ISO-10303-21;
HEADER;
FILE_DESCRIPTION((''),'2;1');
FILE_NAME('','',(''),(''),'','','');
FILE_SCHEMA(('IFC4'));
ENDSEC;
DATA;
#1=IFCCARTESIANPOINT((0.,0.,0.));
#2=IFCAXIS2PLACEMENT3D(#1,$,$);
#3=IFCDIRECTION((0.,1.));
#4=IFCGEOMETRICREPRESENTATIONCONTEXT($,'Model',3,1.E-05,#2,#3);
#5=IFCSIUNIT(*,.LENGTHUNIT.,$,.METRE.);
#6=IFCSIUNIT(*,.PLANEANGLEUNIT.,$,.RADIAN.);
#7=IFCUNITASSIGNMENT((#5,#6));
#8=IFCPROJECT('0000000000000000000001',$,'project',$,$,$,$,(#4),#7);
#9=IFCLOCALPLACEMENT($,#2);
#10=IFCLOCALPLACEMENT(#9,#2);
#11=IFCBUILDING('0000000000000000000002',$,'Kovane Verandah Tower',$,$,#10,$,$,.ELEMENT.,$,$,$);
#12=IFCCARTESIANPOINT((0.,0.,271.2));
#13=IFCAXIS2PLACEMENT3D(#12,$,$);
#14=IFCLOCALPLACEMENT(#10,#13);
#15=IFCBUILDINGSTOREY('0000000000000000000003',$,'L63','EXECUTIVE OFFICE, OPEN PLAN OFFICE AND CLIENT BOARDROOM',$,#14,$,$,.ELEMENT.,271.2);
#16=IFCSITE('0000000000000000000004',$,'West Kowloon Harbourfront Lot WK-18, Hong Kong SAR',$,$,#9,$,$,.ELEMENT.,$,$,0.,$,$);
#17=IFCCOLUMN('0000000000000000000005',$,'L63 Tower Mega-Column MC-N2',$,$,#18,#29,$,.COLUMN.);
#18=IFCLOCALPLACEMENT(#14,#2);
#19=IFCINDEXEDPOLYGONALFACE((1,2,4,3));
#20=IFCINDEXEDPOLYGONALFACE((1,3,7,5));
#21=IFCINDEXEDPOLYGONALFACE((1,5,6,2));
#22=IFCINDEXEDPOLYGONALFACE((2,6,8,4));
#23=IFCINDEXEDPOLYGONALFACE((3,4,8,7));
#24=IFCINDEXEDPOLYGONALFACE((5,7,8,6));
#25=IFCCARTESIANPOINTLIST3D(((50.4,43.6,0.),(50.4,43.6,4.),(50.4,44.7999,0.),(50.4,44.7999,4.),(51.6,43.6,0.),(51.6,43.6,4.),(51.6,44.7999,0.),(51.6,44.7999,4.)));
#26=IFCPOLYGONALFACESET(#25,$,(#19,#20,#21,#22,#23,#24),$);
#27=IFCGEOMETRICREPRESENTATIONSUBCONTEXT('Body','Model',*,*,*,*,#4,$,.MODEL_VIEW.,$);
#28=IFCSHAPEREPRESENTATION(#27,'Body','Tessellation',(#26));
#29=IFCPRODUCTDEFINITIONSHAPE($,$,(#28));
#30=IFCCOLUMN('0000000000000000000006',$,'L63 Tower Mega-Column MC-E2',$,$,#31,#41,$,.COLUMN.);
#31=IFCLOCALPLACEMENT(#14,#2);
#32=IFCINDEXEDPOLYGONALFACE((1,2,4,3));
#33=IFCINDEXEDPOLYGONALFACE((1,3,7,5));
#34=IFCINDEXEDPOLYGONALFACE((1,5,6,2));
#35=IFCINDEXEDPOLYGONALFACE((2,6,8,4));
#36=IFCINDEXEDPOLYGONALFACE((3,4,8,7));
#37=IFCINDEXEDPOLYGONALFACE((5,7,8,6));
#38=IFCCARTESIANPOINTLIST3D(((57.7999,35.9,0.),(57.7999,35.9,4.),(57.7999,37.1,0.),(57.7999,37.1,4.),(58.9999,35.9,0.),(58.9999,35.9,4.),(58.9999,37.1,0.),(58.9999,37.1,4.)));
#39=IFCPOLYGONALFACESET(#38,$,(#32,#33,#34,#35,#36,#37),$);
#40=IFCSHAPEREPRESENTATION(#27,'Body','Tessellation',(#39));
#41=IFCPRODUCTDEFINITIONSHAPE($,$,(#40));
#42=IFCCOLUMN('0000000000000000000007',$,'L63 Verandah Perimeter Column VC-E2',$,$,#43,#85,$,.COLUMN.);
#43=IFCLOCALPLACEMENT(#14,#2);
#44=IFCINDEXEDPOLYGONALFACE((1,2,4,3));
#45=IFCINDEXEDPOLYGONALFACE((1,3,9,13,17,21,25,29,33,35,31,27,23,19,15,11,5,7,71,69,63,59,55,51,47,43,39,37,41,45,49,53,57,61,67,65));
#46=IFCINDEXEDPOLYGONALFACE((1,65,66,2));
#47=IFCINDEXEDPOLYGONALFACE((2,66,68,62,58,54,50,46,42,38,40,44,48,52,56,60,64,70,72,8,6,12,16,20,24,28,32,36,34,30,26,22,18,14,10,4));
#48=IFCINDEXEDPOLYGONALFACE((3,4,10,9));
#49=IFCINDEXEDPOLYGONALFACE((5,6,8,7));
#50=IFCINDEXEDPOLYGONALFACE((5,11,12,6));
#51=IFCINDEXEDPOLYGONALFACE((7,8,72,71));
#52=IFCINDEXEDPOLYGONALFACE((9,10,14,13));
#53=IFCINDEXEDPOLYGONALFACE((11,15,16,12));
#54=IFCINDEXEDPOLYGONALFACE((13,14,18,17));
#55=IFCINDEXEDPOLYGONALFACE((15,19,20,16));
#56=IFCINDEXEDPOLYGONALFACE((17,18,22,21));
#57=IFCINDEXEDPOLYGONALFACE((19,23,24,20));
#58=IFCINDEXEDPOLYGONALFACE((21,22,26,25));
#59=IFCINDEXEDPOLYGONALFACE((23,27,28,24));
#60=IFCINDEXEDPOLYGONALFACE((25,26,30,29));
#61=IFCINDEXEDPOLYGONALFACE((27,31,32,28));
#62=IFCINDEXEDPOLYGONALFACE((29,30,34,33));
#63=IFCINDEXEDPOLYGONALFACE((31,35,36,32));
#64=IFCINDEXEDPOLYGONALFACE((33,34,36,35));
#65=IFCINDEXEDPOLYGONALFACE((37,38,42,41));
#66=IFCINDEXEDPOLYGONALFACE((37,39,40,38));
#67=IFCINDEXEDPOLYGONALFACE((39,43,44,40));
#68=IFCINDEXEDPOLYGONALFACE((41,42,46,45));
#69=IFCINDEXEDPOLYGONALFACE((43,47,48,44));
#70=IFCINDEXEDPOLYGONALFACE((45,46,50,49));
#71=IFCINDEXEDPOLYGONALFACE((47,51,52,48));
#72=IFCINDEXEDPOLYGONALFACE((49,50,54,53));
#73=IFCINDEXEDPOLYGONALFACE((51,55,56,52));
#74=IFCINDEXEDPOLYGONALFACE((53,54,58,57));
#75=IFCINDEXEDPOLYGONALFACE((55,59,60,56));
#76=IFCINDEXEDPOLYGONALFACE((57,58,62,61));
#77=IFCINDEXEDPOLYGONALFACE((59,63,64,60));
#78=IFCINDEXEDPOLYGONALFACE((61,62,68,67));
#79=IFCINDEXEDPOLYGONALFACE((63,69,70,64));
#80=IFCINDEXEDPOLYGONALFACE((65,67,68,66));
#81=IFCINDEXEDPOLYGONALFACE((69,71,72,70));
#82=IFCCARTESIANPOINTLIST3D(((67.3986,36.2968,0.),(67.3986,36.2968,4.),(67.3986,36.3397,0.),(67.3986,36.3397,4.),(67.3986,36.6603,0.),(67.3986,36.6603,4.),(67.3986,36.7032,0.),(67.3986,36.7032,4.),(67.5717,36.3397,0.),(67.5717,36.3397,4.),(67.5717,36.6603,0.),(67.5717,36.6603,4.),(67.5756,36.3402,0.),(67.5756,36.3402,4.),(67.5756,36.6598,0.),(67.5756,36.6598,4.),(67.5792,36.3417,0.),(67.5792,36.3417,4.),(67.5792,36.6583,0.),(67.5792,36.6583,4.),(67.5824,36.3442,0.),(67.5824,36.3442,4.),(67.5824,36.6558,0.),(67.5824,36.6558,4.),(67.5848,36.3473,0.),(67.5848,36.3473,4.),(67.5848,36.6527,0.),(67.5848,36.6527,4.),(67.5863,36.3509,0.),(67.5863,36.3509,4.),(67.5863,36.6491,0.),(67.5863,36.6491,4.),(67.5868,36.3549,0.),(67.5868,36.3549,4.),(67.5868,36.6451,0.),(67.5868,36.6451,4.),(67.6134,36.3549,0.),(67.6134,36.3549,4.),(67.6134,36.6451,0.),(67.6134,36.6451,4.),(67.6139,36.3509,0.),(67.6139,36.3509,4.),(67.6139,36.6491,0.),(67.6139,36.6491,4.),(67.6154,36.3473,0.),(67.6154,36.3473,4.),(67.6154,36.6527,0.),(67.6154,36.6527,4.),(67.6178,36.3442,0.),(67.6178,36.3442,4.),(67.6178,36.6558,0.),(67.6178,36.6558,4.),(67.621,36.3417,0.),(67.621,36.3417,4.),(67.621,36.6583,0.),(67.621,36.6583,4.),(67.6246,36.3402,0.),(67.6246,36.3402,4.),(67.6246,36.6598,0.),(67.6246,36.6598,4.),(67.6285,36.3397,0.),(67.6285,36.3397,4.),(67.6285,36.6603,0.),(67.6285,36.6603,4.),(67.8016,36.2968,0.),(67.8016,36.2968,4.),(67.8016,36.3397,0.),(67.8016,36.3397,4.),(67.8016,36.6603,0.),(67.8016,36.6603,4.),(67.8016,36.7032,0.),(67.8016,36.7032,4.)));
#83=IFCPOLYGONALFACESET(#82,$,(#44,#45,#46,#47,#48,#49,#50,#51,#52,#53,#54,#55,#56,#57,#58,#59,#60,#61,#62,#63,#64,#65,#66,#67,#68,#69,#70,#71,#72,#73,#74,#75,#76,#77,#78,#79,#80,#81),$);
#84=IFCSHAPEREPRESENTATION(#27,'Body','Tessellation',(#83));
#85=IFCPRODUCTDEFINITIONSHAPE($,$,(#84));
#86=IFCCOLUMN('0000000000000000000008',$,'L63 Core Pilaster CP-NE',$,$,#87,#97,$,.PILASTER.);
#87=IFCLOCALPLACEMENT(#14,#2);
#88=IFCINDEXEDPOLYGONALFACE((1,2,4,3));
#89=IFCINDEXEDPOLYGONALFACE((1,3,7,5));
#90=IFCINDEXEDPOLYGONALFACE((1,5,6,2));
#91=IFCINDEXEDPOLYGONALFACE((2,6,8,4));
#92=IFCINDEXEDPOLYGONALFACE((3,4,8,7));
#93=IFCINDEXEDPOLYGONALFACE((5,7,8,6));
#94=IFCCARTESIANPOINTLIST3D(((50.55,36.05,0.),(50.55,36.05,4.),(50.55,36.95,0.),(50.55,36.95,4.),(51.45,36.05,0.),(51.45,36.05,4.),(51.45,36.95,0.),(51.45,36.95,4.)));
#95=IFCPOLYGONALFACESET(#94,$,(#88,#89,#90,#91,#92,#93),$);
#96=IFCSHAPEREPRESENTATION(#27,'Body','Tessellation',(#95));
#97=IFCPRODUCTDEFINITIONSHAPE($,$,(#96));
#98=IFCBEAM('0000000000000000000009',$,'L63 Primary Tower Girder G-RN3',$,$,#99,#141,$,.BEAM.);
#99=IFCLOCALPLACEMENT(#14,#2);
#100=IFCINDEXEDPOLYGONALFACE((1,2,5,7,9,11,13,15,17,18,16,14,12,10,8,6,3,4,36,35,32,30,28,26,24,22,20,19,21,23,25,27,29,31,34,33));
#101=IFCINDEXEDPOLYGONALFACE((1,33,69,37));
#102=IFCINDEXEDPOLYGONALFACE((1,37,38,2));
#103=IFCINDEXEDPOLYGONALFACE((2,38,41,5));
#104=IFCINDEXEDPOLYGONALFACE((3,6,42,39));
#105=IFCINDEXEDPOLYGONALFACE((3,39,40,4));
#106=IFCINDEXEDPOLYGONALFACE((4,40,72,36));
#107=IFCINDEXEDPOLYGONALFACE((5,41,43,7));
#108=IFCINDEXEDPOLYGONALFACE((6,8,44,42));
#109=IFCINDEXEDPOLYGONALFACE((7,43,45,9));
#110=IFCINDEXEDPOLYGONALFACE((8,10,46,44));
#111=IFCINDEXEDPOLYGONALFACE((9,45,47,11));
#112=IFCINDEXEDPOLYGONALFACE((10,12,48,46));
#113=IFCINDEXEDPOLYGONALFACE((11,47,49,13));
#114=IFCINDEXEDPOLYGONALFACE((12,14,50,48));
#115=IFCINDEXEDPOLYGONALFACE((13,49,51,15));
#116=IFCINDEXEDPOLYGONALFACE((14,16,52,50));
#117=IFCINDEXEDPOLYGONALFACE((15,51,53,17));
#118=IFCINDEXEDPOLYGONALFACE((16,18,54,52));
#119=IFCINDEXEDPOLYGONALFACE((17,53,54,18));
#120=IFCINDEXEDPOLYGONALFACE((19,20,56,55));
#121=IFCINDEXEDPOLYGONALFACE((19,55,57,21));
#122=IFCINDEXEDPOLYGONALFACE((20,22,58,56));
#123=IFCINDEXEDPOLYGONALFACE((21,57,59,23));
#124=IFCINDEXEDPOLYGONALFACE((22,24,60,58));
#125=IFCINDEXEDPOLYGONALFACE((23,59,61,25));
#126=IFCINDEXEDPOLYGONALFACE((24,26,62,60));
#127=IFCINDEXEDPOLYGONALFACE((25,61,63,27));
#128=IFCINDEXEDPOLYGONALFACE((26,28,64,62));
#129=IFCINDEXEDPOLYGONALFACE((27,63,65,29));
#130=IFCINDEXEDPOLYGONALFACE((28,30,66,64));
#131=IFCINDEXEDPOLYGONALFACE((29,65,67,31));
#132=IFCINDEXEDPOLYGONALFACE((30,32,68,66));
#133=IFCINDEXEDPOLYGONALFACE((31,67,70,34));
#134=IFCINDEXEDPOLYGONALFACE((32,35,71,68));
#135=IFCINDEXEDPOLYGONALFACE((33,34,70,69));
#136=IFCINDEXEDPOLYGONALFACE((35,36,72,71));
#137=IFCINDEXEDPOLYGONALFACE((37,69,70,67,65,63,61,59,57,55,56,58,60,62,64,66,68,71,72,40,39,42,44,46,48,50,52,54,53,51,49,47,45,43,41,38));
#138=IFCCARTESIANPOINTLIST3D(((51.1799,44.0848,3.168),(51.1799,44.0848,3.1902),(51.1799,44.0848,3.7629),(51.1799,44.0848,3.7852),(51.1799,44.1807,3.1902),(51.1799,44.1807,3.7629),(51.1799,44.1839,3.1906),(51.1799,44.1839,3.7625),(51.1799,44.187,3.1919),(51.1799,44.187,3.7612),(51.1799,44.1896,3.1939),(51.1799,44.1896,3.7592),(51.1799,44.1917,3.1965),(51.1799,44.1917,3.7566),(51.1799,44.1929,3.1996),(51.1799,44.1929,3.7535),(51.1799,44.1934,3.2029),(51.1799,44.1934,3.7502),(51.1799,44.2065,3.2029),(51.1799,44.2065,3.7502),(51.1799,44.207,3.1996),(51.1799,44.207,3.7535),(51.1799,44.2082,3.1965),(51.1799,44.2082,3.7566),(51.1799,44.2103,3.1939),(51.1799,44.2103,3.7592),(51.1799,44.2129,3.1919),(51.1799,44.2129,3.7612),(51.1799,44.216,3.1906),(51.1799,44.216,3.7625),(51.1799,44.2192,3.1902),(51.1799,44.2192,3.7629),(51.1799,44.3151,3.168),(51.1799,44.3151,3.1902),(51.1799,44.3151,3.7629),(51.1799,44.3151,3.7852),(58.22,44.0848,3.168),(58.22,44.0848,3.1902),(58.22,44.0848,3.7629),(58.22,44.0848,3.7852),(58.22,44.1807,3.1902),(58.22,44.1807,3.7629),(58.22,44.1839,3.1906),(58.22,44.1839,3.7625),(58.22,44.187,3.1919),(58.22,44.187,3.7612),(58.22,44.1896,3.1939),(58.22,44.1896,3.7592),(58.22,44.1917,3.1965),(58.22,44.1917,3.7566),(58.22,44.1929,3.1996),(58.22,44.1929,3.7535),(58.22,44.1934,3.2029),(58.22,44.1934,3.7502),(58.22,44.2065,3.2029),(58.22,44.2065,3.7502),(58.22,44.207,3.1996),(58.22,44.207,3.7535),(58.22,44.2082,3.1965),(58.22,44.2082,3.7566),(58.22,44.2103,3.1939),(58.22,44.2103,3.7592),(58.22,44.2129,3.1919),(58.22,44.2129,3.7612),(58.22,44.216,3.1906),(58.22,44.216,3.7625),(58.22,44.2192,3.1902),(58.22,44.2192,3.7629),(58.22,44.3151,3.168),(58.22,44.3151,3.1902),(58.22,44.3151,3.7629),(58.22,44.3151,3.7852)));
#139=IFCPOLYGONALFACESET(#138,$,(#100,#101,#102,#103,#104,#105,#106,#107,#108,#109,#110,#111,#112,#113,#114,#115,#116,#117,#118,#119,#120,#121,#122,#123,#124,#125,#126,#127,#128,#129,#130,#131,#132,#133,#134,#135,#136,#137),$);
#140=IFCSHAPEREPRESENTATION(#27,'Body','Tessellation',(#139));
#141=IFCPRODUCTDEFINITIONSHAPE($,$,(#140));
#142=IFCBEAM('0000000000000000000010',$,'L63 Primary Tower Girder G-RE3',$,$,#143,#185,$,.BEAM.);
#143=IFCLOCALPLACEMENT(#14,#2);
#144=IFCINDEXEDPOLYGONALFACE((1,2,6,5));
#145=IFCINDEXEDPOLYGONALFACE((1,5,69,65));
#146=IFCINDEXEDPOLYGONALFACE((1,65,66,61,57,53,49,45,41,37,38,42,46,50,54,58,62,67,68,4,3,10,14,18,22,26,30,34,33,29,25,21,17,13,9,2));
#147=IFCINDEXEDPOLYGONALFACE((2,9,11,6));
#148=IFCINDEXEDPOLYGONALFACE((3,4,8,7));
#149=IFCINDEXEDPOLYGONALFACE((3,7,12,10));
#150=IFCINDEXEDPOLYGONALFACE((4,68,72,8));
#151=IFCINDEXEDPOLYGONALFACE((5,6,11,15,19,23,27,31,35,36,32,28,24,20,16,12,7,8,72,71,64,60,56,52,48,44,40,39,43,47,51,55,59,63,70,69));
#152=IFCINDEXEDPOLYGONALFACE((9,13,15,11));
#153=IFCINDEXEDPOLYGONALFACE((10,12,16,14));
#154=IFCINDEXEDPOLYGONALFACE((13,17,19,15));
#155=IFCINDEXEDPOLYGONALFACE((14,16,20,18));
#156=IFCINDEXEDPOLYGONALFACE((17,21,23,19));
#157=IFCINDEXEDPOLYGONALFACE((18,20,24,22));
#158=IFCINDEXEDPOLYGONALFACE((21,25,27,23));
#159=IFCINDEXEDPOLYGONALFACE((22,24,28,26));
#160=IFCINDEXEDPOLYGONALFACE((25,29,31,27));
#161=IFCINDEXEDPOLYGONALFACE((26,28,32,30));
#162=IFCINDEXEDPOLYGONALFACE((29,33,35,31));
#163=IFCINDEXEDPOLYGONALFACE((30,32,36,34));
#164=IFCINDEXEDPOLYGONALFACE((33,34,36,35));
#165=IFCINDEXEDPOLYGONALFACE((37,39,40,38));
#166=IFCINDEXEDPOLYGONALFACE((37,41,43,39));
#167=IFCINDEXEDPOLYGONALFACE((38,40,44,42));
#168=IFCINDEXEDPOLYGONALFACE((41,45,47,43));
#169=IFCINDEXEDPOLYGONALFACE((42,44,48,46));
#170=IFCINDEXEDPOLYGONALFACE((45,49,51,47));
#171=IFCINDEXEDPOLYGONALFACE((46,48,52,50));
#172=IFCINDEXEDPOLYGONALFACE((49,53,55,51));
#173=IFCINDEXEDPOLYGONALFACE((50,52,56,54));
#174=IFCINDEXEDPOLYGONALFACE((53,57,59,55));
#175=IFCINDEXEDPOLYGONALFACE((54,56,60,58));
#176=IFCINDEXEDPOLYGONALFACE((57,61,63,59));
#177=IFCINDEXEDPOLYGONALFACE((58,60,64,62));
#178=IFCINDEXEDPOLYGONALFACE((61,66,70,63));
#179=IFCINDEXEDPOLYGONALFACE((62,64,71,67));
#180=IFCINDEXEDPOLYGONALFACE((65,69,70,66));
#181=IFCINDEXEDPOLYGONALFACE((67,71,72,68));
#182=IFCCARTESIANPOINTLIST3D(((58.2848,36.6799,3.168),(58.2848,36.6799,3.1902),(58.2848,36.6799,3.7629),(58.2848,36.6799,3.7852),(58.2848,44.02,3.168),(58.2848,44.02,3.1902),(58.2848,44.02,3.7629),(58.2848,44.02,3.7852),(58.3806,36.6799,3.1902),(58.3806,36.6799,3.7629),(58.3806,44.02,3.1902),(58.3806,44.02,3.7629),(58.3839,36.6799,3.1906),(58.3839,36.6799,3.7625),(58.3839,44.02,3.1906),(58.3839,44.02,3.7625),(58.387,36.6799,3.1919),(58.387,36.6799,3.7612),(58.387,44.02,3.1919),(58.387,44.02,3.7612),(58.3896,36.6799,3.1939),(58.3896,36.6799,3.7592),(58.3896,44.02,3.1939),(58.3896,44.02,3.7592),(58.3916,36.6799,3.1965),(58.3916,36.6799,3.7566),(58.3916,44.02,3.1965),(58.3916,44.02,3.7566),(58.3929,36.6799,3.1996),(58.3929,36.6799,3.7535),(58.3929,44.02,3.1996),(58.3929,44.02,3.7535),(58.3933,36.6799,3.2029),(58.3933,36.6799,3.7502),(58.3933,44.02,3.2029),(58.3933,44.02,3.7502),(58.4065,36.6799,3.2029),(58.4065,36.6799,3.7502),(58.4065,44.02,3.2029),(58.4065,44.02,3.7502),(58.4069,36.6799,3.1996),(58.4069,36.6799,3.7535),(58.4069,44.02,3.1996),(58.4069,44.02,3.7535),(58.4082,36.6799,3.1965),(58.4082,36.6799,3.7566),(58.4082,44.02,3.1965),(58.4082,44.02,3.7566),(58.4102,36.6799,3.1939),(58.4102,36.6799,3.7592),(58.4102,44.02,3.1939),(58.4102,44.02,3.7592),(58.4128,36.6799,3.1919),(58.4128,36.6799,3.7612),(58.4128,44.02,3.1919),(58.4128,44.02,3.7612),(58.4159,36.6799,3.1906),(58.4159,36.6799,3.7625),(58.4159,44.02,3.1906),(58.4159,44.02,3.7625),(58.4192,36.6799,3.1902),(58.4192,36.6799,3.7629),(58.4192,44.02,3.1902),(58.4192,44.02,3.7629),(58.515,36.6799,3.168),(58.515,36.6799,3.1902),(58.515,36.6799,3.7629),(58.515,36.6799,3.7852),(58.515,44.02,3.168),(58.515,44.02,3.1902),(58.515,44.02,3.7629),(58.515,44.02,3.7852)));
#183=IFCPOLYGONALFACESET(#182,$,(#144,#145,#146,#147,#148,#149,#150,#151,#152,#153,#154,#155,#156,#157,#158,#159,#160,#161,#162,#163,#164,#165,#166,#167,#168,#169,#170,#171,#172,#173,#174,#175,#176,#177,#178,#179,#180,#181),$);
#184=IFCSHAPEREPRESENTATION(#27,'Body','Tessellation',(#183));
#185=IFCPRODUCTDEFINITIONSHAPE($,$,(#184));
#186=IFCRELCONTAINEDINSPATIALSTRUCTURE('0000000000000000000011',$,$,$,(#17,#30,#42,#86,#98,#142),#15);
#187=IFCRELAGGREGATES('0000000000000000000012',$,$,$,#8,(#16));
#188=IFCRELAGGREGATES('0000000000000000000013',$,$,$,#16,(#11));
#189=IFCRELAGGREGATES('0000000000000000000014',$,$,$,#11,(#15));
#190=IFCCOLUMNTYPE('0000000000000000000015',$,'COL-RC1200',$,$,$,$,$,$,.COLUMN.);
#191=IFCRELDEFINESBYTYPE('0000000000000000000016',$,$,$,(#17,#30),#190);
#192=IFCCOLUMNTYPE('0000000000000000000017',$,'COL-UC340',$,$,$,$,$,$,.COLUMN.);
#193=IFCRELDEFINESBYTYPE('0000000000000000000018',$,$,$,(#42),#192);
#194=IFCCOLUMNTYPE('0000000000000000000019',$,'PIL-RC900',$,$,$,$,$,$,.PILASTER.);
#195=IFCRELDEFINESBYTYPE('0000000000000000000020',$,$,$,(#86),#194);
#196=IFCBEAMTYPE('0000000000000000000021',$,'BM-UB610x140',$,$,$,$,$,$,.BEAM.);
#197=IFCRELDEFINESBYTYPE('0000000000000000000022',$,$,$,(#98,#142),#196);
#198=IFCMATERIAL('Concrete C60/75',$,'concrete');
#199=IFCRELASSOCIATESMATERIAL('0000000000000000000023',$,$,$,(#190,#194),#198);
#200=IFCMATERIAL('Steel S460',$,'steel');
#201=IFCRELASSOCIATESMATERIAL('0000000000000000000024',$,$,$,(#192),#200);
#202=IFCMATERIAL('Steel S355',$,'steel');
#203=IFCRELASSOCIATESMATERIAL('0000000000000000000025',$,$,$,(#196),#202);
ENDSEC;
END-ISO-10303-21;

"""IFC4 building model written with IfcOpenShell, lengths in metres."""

from ifc_helpers import new_model, si_unit, direction, frame, origin, origin_2d, place, context, subcontext, project, spatial, rectangle, i_section, extrude, material, material_profile, profile_set, type_object, element, save


model = new_model("IFC4")

# Units and contexts
model_context = context("Model", 3, precision=1e-05, world=origin(), true_north=direction((0.0, 1.0)))
body_context = subcontext(model_context, "Body", "Model", "MODEL_VIEW")
ifc_project = project(units=[si_unit("LENGTHUNIT", "METRE"), si_unit("PLANEANGLEUNIT", "RADIAN")], contexts=[model_context])

# Site, building, storey
site_placement = place(None, origin())
site = spatial("IfcSite", under=ifc_project, at=site_placement, Name="West Kowloon Harbourfront Lot WK-18, Hong Kong SAR", CompositionType="ELEMENT", RefElevation=0.0)
building_placement = place(site_placement, origin())
building = spatial("IfcBuilding", under=site, at=building_placement, Name="Kovane Verandah Tower", CompositionType="ELEMENT")
storey_placement = place(building_placement, frame((0.0, 0.0, 271.2)))
storey = spatial("IfcBuildingStorey", under=building, at=storey_placement, Name="L63", Description="EXECUTIVE OFFICE, OPEN PLAN OFFICE AND CLIENT BOARDROOM", CompositionType="ELEMENT", Elevation=271.2)

# Columns
ifc_material_1 = material(Name="Concrete C60/75", Category="concrete")
ifc_material_profile_1 = material_profile(ifc_material_1, rectangle(XDim=1.2, YDim=1.2, at=origin_2d()), Name="RC1200x1200")
ifc_profile_set_1 = profile_set([ifc_material_profile_1], Name="Concrete C60/75")
column_type_1 = type_object("IfcColumnType", Name="COL-RC1200", PredefinedType="COLUMN", material=ifc_profile_set_1)
for number, where, z_axis, x_axis, name in (
    (1, (51.0, 44.2, 0.0), (0.0, 0.0, 1.0), (1.0, 0.0, 0.0), "L63 Tower Mega-Column MC-N2"),
    (2, (58.3999, 36.5, 0.0), (0.0, 0.0, 1.0), (1.0, 0.0, 0.0), "L63 Tower Mega-Column MC-E2"),
):
    element("IfcColumn", number, at=place(storey_placement, frame(where, z_axis=z_axis, x_axis=x_axis)), inside=storey, type_object=column_type_1, Name=name, PredefinedType="COLUMN", context=body_context, shape_type="SweptSolid", body=[
        extrude(rectangle(XDim=1.2, YDim=1.2, at=origin_2d()), origin(), (0.0, 0.0, 1.0), 4.0),
    ])
ifc_material_2 = material(Name="Steel S460", Category="steel")
ifc_material_profile_2 = material_profile(ifc_material_2, i_section(OverallWidth=0.4031, OverallDepth=0.4065, WebThickness=0.0266, FlangeThickness=0.043, FilletRadius=0.0151, at=origin_2d()), Name="UC356x406x340")
ifc_profile_set_2 = profile_set([ifc_material_profile_2], Name="Steel S460")
column_type_2 = type_object("IfcColumnType", Name="COL-UC340", PredefinedType="COLUMN", material=ifc_profile_set_2)
column_1_placement = place(storey_placement, frame((67.6001, 36.5, 0.0), z_axis=(0.0, 0.0, 1.0), x_axis=(1.0, 0.0, 0.0)))
element("IfcColumn", 3, at=column_1_placement, inside=storey, type_object=column_type_2, Name="L63 Verandah Perimeter Column VC-E2", PredefinedType="COLUMN", context=body_context, shape_type="SweptSolid", body=[
    extrude(i_section(OverallWidth=0.4031, OverallDepth=0.4065, WebThickness=0.0266, FlangeThickness=0.043, FilletRadius=0.0151, at=origin_2d()), origin(), (0.0, 0.0, 1.0), 4.0),
])
ifc_material_profile_3 = material_profile(ifc_material_1, rectangle(XDim=0.8999, YDim=0.8999, at=origin_2d()), Name="RC900x900")
ifc_profile_set_3 = profile_set([ifc_material_profile_3], Name="Concrete C60/75")
column_type_3 = type_object("IfcColumnType", Name="PIL-RC900", PredefinedType="PILASTER", material=ifc_profile_set_3)
column_2_placement = place(storey_placement, frame((51.0, 36.5, 0.0), z_axis=(0.0, 0.0, 1.0), x_axis=(1.0, 0.0, 0.0)))
element("IfcColumn", 4, at=column_2_placement, inside=storey, type_object=column_type_3, Name="L63 Core Pilaster CP-NE", PredefinedType="PILASTER", context=body_context, shape_type="SweptSolid", body=[
    extrude(rectangle(XDim=0.8999, YDim=0.8999, at=origin_2d()), origin(), (0.0, 0.0, 1.0), 4.0),
])

# Beams
ifc_material_3 = material(Name="Steel S355", Category="steel")
ifc_material_profile_4 = material_profile(ifc_material_3, i_section(OverallWidth=0.2302, OverallDepth=0.6172, WebThickness=0.0132, FlangeThickness=0.0222, FilletRadius=0.0127, at=origin_2d()), Name="UB610x229x140")
ifc_profile_set_4 = profile_set([ifc_material_profile_4], Name="Steel S355")
beam_type_1 = type_object("IfcBeamType", Name="BM-UB610x140", PredefinedType="BEAM", material=ifc_profile_set_4)
beam_1_placement = place(storey_placement, frame((51.1799, 44.2, 3.4766), z_axis=(1.0, 0.0, 0.0), x_axis=(0.0, 1.0, 0.0)))
element("IfcBeam", 5, at=beam_1_placement, inside=storey, type_object=beam_type_1, Name="L63 Primary Tower Girder G-RN3", PredefinedType="BEAM", context=body_context, shape_type="SweptSolid", body=[
    extrude(i_section(OverallWidth=0.2302, OverallDepth=0.6172, WebThickness=0.0132, FlangeThickness=0.0222, FilletRadius=0.0127, at=origin_2d()), origin(), (0.0, 0.0, 1.0), 7.04),
])
beam_2_placement = place(storey_placement, frame((58.3999, 36.6799, 3.4766), z_axis=(0.0, 1.0, 0.0), x_axis=(-1.0, 0.0, 0.0)))
element("IfcBeam", 6, at=beam_2_placement, inside=storey, type_object=beam_type_1, Name="L63 Primary Tower Girder G-RE3", PredefinedType="BEAM", context=body_context, shape_type="SweptSolid", body=[
    extrude(i_section(OverallWidth=0.2302, OverallDepth=0.6172, WebThickness=0.0132, FlangeThickness=0.0222, FilletRadius=0.0127, at=origin_2d()), origin(), (0.0, 0.0, 1.0), 7.3401),
])

save(model, "model.ifc")
